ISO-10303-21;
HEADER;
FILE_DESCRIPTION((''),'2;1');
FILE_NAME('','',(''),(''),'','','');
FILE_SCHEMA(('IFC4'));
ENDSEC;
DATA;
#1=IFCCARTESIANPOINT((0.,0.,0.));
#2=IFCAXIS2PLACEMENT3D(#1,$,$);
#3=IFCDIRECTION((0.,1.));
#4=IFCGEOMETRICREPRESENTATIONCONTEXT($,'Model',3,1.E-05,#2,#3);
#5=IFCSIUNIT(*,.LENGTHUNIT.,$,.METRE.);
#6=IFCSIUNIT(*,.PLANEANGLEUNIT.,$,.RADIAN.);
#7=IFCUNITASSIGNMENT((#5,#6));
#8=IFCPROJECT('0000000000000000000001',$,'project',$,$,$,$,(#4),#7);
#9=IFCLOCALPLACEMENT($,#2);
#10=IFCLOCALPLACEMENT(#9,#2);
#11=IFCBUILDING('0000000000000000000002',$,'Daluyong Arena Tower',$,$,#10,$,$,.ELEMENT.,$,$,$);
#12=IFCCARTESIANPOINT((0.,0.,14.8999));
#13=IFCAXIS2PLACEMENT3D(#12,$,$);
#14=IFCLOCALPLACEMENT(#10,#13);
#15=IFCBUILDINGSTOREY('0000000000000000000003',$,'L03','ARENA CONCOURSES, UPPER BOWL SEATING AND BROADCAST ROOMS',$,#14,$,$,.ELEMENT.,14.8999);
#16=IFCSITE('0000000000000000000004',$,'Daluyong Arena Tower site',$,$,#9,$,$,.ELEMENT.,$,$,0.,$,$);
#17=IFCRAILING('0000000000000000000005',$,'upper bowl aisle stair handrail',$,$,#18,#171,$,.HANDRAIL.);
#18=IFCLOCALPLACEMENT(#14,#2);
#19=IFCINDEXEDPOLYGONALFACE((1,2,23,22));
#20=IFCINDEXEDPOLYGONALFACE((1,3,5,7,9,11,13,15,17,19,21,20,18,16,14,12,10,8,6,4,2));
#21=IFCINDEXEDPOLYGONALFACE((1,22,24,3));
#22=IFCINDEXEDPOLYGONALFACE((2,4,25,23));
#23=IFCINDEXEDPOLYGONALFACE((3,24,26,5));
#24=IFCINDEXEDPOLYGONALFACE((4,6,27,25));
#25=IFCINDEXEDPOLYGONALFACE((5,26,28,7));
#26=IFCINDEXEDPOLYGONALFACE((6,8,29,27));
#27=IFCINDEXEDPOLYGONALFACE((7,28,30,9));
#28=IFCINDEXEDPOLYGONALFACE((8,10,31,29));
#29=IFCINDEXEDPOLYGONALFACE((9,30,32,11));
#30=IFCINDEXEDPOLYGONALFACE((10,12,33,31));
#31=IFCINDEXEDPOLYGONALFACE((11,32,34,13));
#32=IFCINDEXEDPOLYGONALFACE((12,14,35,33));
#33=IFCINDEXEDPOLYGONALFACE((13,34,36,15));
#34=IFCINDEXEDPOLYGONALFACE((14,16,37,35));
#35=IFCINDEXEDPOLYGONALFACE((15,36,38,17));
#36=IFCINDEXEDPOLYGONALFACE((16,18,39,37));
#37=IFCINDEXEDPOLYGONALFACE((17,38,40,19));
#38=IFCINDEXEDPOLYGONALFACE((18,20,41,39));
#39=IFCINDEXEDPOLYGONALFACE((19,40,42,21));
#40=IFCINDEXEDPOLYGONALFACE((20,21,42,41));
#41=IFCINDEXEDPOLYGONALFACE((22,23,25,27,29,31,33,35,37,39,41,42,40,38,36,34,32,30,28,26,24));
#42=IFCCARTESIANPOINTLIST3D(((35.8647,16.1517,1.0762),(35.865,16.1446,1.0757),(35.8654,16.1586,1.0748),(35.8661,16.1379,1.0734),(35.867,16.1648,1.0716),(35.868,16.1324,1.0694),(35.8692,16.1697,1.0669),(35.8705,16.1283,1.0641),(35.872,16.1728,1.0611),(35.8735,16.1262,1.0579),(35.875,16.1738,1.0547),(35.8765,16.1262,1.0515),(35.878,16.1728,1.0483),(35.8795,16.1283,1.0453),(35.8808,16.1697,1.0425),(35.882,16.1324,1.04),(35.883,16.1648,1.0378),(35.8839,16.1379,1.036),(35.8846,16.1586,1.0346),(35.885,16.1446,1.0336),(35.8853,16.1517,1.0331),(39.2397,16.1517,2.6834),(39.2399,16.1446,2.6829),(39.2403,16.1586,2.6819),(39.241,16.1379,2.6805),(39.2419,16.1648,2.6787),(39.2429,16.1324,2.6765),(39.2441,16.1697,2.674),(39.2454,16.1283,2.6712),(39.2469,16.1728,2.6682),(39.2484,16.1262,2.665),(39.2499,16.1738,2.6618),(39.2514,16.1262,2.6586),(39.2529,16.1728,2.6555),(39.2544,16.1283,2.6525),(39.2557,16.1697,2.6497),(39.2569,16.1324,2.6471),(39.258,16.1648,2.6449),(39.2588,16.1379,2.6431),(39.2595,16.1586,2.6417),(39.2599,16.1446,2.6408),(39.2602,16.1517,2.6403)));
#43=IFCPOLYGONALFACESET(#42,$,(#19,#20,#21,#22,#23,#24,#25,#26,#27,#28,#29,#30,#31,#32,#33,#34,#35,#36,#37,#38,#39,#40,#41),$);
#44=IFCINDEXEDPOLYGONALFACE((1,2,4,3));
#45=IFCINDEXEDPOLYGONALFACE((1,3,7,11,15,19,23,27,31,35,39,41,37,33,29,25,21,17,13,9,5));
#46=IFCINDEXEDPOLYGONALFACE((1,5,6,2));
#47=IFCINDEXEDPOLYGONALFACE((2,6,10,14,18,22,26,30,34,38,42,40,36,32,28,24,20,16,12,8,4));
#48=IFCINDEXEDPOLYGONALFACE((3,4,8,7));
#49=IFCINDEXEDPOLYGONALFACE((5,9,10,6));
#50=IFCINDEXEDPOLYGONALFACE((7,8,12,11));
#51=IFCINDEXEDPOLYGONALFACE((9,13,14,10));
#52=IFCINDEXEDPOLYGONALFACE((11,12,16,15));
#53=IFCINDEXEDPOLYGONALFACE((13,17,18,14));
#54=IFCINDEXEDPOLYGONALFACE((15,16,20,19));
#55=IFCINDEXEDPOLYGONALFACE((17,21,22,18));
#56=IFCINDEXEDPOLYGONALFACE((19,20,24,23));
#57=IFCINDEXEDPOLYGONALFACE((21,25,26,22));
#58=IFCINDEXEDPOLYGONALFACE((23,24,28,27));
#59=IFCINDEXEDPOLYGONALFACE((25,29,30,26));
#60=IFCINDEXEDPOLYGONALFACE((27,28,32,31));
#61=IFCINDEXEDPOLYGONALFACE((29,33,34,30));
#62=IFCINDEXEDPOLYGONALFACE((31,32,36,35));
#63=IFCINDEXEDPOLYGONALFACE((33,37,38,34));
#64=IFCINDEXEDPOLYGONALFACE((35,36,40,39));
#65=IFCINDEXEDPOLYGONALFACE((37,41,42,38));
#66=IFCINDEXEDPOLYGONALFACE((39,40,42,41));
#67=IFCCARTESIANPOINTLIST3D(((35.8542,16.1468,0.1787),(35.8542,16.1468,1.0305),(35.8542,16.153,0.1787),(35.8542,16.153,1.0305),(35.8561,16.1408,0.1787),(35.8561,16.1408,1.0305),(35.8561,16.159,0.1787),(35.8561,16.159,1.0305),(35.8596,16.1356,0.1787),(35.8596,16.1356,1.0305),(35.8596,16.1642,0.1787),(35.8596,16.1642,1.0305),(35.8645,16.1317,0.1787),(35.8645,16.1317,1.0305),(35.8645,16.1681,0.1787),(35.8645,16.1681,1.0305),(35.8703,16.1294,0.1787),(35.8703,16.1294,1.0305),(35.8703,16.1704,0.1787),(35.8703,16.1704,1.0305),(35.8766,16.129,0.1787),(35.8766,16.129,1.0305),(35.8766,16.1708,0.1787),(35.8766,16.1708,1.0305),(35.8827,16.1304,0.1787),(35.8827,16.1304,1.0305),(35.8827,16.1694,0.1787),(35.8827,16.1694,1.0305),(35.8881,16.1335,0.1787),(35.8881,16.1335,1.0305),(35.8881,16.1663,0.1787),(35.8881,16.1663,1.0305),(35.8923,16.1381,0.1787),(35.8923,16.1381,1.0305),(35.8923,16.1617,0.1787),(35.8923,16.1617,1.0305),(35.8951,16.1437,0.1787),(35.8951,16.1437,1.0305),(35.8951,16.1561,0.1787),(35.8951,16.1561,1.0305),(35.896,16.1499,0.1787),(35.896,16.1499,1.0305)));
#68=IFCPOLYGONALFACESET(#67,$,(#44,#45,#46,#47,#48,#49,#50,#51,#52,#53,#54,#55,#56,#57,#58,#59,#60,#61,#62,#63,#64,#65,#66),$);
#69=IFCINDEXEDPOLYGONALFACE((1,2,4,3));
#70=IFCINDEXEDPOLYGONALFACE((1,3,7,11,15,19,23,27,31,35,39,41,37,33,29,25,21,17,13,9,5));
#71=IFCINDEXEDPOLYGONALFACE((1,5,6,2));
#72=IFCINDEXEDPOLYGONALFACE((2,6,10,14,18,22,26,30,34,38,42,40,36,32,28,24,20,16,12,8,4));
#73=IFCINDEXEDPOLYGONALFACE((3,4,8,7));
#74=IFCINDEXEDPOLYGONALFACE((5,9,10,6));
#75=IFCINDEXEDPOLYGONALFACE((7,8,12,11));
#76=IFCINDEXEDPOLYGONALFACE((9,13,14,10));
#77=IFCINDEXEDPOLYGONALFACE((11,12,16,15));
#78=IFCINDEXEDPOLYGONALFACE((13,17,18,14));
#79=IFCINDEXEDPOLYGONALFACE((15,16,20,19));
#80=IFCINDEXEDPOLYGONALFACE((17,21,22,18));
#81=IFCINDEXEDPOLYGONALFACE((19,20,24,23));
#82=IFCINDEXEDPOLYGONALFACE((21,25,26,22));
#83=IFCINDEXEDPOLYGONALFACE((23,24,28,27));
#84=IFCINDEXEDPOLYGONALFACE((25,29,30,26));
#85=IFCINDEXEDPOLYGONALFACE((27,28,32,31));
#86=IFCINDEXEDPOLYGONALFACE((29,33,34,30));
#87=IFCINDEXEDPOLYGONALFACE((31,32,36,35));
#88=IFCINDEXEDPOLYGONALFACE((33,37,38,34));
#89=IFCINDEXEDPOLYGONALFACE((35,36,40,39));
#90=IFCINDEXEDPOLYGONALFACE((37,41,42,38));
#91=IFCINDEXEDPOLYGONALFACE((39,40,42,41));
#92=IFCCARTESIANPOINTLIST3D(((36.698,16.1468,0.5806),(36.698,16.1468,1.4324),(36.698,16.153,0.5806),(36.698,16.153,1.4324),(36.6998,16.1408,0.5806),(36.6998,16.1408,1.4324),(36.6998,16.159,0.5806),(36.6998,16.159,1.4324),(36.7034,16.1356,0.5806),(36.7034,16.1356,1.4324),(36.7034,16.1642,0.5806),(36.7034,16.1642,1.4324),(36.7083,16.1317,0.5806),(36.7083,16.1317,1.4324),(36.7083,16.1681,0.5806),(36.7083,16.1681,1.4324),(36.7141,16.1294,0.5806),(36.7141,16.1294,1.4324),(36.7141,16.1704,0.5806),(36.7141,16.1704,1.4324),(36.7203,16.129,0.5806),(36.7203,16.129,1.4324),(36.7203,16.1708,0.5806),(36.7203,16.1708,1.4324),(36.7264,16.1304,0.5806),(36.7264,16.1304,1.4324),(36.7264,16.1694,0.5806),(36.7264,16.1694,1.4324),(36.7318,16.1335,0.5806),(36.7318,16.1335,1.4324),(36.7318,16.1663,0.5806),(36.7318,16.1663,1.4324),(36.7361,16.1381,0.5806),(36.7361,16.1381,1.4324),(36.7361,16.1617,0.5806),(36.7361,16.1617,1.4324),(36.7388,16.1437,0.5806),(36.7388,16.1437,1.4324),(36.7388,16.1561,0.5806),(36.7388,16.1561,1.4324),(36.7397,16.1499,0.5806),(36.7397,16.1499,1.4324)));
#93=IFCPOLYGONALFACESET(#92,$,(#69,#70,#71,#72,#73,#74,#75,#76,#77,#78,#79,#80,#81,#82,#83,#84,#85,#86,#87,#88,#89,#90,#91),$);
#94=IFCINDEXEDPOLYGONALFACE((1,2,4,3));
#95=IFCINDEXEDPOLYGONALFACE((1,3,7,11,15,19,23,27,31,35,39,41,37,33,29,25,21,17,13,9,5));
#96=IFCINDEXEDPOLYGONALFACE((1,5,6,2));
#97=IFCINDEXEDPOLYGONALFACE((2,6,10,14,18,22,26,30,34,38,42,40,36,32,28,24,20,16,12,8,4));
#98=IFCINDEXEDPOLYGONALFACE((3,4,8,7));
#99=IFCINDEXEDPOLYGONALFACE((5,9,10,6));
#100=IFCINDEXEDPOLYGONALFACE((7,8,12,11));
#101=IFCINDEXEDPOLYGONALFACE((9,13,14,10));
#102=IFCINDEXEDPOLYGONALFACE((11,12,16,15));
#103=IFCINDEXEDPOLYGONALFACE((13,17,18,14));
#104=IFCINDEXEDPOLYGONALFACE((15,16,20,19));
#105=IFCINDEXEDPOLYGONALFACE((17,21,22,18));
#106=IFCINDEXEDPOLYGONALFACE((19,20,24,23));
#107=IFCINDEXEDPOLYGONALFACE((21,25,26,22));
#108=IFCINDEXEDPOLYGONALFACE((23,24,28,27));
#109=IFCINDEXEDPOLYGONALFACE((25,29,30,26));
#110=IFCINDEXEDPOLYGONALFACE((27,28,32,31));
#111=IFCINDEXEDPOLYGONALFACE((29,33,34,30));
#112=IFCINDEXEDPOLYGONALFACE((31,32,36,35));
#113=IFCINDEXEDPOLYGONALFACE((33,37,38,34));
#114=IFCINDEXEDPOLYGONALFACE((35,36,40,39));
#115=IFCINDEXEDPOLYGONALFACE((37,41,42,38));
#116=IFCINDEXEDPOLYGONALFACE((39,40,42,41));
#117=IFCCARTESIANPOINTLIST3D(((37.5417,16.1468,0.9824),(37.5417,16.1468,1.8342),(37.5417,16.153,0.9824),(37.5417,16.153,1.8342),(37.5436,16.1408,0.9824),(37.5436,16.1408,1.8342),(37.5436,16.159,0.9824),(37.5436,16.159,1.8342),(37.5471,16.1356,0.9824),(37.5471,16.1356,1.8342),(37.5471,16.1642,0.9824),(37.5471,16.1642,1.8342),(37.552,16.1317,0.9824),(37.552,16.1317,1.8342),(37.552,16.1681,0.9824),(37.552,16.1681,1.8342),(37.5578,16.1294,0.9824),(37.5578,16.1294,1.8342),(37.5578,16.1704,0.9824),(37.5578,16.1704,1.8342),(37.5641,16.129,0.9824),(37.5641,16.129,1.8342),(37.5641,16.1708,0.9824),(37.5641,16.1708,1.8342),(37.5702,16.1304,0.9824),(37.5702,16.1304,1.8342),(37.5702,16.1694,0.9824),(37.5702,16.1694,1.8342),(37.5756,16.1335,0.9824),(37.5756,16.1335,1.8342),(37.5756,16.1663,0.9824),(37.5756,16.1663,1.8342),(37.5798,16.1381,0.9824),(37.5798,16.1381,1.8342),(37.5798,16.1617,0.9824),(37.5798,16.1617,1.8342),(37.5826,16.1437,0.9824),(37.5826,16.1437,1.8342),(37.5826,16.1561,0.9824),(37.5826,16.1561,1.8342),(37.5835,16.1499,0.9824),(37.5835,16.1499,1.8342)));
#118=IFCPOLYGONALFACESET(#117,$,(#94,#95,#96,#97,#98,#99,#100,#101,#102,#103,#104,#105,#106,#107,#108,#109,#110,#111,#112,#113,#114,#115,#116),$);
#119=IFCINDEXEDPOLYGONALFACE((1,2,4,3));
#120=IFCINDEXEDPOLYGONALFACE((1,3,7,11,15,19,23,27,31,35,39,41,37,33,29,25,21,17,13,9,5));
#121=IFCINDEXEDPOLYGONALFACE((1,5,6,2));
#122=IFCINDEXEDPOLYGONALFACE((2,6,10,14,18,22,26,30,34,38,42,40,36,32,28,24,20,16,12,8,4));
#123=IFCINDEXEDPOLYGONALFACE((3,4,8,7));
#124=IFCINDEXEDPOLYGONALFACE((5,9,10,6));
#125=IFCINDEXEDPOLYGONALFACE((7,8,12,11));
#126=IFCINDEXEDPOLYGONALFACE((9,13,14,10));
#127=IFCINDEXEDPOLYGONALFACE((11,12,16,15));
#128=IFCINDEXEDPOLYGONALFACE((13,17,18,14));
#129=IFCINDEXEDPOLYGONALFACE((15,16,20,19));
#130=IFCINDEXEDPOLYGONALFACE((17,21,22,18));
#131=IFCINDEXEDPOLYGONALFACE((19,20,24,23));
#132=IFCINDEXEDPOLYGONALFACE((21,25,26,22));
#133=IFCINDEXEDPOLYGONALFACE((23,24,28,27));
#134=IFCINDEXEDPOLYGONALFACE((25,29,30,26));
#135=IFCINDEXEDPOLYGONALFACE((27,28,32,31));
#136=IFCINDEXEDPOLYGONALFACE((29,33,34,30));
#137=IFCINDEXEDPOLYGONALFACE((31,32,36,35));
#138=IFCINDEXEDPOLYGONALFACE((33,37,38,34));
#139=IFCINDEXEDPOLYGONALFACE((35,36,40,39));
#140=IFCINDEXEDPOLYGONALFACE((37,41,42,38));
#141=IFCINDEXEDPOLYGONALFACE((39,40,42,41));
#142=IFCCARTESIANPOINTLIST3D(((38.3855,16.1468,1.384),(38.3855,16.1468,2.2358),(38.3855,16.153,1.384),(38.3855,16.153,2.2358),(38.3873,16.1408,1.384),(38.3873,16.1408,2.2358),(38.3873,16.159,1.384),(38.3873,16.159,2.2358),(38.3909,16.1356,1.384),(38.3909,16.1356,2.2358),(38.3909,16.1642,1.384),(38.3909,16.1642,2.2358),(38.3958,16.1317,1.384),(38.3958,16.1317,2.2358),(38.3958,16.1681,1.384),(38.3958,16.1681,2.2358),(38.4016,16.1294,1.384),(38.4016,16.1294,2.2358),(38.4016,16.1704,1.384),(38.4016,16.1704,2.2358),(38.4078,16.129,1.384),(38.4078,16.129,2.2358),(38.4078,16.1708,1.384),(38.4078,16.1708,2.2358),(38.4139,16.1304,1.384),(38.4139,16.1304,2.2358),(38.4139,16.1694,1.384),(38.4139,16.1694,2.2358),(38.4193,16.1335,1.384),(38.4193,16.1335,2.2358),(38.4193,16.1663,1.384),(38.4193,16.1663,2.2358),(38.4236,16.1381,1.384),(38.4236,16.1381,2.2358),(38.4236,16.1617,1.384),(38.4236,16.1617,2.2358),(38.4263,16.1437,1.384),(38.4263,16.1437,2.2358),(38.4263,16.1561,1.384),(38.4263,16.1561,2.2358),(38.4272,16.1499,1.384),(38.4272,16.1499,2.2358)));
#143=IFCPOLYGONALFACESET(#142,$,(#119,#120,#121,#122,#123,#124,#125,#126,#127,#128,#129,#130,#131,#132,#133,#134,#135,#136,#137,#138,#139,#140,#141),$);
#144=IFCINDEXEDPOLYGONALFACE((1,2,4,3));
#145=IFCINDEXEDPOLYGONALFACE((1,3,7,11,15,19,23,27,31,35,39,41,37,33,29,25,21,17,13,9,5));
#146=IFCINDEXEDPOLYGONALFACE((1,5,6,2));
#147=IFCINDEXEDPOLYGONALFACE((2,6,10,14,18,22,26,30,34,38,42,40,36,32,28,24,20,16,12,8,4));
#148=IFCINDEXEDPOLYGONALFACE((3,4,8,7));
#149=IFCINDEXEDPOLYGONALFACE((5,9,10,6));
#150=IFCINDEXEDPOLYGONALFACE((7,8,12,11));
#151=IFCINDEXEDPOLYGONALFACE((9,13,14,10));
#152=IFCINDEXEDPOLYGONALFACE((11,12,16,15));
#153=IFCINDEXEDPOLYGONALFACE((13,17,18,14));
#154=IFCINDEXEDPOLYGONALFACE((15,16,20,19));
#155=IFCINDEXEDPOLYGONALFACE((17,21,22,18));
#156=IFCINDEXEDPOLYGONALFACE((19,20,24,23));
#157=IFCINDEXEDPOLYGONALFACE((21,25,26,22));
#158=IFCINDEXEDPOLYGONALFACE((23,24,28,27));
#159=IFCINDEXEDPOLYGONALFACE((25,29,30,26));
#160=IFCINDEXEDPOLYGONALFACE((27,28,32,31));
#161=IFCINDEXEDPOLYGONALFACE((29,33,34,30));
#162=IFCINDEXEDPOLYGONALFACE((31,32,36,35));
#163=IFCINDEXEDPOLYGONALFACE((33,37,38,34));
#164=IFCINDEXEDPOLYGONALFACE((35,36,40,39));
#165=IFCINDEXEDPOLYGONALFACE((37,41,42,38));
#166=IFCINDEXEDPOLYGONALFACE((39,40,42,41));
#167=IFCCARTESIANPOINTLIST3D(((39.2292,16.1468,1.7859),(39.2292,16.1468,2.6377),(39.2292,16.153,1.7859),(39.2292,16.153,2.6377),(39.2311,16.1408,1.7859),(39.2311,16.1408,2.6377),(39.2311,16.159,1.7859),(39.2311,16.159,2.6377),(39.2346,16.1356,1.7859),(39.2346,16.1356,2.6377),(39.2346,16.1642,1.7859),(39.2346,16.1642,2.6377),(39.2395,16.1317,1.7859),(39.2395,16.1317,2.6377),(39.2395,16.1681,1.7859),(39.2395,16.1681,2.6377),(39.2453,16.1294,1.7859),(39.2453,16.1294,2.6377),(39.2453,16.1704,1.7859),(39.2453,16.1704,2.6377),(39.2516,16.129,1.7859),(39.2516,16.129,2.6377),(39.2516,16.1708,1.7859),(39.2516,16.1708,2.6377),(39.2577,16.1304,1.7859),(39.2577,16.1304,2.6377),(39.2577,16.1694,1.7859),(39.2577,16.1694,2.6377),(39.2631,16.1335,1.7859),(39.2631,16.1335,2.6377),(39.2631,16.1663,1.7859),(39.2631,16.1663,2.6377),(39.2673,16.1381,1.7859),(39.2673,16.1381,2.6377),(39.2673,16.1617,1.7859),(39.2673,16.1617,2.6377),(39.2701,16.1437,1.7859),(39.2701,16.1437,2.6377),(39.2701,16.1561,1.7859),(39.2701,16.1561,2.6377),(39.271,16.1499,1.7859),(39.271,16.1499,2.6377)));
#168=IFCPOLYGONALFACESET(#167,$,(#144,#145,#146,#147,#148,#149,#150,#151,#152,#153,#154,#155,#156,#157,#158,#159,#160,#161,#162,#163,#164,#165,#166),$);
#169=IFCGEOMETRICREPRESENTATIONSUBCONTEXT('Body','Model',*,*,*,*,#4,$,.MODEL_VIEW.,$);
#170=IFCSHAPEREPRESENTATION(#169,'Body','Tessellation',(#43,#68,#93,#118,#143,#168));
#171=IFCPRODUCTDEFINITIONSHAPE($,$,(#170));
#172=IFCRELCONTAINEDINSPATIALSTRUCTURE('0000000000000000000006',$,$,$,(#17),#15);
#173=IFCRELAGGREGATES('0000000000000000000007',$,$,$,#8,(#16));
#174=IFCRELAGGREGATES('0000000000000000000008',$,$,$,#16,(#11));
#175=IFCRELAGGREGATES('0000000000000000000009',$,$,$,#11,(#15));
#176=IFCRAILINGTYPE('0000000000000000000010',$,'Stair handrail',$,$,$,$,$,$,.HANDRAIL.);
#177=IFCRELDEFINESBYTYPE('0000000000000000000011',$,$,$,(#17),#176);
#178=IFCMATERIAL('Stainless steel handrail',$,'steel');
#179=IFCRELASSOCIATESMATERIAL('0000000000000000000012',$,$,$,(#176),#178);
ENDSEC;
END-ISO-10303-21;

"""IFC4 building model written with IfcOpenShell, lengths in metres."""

from ifc_helpers import new_model, si_unit, direction, frame, origin, origin_2d, place, context, subcontext, project, spatial, circle, extrude, material, type_object, element, save


model = new_model("IFC4")

# Units and contexts
model_context = context("Model", 3, precision=1e-05, world=origin(), true_north=direction((0.0, 1.0)))
body_context = subcontext(model_context, "Body", "Model", "MODEL_VIEW")
ifc_project = project(units=[si_unit("LENGTHUNIT", "METRE"), si_unit("PLANEANGLEUNIT", "RADIAN")], contexts=[model_context])

# Site, building, storey
site_placement = place(None, origin())
site = spatial("IfcSite", under=ifc_project, at=site_placement, Name="Daluyong Arena Tower site", CompositionType="ELEMENT", RefElevation=0.0)
building_placement = place(site_placement, origin())
building = spatial("IfcBuilding", under=site, at=building_placement, Name="Daluyong Arena Tower", CompositionType="ELEMENT")
storey_placement = place(building_placement, frame((0.0, 0.0, 14.8999)))
storey = spatial("IfcBuildingStorey", under=building, at=storey_placement, Name="L03", Description="ARENA CONCOURSES, UPPER BOWL SEATING AND BROADCAST ROOMS", CompositionType="ELEMENT", Elevation=14.8999)

# Railing
ifc_material_1 = material(Name="Stainless steel handrail", Category="steel")
railing_type_1 = type_object("IfcRailingType", Name="Stair handrail", PredefinedType="HANDRAIL", material=ifc_material_1)
railing_1_placement = place(storey_placement, frame((35.875, 16.1499, 0.1787)))
element("IfcRailing", 1, at=railing_1_placement, inside=storey, type_object=railing_type_1, Name="upper bowl aisle stair handrail", PredefinedType="HANDRAIL", context=body_context, shape_type="SweptSolid", body=[
    extrude(circle(Radius=0.0239, at=origin_2d()), frame((0.0, 0.0, 0.876), z_axis=(0.902857, 0.0, 0.429941), x_axis=(0.0, 1.0, 0.0)), (0.0, 0.0, 1.0), 3.738),
    extrude(circle(Radius=0.021, at=origin_2d()), origin(), (0.0, 0.0, 1.0), 0.8518),
    extrude(circle(Radius=0.021, at=origin_2d()), frame((0.8438, 0.0, 0.4019)), (0.0, 0.0, 1.0), 0.8518),
    extrude(circle(Radius=0.021, at=origin_2d()), frame((1.6875, 0.0, 0.8037)), (0.0, 0.0, 1.0), 0.8518),
    extrude(circle(Radius=0.021, at=origin_2d()), frame((2.5312, 0.0, 1.2053)), (0.0, 0.0, 1.0), 0.8518),
    extrude(circle(Radius=0.021, at=origin_2d()), frame((3.375, 0.0, 1.6072)), (0.0, 0.0, 1.0), 0.8518),
])

save(model, "model.ifc")
